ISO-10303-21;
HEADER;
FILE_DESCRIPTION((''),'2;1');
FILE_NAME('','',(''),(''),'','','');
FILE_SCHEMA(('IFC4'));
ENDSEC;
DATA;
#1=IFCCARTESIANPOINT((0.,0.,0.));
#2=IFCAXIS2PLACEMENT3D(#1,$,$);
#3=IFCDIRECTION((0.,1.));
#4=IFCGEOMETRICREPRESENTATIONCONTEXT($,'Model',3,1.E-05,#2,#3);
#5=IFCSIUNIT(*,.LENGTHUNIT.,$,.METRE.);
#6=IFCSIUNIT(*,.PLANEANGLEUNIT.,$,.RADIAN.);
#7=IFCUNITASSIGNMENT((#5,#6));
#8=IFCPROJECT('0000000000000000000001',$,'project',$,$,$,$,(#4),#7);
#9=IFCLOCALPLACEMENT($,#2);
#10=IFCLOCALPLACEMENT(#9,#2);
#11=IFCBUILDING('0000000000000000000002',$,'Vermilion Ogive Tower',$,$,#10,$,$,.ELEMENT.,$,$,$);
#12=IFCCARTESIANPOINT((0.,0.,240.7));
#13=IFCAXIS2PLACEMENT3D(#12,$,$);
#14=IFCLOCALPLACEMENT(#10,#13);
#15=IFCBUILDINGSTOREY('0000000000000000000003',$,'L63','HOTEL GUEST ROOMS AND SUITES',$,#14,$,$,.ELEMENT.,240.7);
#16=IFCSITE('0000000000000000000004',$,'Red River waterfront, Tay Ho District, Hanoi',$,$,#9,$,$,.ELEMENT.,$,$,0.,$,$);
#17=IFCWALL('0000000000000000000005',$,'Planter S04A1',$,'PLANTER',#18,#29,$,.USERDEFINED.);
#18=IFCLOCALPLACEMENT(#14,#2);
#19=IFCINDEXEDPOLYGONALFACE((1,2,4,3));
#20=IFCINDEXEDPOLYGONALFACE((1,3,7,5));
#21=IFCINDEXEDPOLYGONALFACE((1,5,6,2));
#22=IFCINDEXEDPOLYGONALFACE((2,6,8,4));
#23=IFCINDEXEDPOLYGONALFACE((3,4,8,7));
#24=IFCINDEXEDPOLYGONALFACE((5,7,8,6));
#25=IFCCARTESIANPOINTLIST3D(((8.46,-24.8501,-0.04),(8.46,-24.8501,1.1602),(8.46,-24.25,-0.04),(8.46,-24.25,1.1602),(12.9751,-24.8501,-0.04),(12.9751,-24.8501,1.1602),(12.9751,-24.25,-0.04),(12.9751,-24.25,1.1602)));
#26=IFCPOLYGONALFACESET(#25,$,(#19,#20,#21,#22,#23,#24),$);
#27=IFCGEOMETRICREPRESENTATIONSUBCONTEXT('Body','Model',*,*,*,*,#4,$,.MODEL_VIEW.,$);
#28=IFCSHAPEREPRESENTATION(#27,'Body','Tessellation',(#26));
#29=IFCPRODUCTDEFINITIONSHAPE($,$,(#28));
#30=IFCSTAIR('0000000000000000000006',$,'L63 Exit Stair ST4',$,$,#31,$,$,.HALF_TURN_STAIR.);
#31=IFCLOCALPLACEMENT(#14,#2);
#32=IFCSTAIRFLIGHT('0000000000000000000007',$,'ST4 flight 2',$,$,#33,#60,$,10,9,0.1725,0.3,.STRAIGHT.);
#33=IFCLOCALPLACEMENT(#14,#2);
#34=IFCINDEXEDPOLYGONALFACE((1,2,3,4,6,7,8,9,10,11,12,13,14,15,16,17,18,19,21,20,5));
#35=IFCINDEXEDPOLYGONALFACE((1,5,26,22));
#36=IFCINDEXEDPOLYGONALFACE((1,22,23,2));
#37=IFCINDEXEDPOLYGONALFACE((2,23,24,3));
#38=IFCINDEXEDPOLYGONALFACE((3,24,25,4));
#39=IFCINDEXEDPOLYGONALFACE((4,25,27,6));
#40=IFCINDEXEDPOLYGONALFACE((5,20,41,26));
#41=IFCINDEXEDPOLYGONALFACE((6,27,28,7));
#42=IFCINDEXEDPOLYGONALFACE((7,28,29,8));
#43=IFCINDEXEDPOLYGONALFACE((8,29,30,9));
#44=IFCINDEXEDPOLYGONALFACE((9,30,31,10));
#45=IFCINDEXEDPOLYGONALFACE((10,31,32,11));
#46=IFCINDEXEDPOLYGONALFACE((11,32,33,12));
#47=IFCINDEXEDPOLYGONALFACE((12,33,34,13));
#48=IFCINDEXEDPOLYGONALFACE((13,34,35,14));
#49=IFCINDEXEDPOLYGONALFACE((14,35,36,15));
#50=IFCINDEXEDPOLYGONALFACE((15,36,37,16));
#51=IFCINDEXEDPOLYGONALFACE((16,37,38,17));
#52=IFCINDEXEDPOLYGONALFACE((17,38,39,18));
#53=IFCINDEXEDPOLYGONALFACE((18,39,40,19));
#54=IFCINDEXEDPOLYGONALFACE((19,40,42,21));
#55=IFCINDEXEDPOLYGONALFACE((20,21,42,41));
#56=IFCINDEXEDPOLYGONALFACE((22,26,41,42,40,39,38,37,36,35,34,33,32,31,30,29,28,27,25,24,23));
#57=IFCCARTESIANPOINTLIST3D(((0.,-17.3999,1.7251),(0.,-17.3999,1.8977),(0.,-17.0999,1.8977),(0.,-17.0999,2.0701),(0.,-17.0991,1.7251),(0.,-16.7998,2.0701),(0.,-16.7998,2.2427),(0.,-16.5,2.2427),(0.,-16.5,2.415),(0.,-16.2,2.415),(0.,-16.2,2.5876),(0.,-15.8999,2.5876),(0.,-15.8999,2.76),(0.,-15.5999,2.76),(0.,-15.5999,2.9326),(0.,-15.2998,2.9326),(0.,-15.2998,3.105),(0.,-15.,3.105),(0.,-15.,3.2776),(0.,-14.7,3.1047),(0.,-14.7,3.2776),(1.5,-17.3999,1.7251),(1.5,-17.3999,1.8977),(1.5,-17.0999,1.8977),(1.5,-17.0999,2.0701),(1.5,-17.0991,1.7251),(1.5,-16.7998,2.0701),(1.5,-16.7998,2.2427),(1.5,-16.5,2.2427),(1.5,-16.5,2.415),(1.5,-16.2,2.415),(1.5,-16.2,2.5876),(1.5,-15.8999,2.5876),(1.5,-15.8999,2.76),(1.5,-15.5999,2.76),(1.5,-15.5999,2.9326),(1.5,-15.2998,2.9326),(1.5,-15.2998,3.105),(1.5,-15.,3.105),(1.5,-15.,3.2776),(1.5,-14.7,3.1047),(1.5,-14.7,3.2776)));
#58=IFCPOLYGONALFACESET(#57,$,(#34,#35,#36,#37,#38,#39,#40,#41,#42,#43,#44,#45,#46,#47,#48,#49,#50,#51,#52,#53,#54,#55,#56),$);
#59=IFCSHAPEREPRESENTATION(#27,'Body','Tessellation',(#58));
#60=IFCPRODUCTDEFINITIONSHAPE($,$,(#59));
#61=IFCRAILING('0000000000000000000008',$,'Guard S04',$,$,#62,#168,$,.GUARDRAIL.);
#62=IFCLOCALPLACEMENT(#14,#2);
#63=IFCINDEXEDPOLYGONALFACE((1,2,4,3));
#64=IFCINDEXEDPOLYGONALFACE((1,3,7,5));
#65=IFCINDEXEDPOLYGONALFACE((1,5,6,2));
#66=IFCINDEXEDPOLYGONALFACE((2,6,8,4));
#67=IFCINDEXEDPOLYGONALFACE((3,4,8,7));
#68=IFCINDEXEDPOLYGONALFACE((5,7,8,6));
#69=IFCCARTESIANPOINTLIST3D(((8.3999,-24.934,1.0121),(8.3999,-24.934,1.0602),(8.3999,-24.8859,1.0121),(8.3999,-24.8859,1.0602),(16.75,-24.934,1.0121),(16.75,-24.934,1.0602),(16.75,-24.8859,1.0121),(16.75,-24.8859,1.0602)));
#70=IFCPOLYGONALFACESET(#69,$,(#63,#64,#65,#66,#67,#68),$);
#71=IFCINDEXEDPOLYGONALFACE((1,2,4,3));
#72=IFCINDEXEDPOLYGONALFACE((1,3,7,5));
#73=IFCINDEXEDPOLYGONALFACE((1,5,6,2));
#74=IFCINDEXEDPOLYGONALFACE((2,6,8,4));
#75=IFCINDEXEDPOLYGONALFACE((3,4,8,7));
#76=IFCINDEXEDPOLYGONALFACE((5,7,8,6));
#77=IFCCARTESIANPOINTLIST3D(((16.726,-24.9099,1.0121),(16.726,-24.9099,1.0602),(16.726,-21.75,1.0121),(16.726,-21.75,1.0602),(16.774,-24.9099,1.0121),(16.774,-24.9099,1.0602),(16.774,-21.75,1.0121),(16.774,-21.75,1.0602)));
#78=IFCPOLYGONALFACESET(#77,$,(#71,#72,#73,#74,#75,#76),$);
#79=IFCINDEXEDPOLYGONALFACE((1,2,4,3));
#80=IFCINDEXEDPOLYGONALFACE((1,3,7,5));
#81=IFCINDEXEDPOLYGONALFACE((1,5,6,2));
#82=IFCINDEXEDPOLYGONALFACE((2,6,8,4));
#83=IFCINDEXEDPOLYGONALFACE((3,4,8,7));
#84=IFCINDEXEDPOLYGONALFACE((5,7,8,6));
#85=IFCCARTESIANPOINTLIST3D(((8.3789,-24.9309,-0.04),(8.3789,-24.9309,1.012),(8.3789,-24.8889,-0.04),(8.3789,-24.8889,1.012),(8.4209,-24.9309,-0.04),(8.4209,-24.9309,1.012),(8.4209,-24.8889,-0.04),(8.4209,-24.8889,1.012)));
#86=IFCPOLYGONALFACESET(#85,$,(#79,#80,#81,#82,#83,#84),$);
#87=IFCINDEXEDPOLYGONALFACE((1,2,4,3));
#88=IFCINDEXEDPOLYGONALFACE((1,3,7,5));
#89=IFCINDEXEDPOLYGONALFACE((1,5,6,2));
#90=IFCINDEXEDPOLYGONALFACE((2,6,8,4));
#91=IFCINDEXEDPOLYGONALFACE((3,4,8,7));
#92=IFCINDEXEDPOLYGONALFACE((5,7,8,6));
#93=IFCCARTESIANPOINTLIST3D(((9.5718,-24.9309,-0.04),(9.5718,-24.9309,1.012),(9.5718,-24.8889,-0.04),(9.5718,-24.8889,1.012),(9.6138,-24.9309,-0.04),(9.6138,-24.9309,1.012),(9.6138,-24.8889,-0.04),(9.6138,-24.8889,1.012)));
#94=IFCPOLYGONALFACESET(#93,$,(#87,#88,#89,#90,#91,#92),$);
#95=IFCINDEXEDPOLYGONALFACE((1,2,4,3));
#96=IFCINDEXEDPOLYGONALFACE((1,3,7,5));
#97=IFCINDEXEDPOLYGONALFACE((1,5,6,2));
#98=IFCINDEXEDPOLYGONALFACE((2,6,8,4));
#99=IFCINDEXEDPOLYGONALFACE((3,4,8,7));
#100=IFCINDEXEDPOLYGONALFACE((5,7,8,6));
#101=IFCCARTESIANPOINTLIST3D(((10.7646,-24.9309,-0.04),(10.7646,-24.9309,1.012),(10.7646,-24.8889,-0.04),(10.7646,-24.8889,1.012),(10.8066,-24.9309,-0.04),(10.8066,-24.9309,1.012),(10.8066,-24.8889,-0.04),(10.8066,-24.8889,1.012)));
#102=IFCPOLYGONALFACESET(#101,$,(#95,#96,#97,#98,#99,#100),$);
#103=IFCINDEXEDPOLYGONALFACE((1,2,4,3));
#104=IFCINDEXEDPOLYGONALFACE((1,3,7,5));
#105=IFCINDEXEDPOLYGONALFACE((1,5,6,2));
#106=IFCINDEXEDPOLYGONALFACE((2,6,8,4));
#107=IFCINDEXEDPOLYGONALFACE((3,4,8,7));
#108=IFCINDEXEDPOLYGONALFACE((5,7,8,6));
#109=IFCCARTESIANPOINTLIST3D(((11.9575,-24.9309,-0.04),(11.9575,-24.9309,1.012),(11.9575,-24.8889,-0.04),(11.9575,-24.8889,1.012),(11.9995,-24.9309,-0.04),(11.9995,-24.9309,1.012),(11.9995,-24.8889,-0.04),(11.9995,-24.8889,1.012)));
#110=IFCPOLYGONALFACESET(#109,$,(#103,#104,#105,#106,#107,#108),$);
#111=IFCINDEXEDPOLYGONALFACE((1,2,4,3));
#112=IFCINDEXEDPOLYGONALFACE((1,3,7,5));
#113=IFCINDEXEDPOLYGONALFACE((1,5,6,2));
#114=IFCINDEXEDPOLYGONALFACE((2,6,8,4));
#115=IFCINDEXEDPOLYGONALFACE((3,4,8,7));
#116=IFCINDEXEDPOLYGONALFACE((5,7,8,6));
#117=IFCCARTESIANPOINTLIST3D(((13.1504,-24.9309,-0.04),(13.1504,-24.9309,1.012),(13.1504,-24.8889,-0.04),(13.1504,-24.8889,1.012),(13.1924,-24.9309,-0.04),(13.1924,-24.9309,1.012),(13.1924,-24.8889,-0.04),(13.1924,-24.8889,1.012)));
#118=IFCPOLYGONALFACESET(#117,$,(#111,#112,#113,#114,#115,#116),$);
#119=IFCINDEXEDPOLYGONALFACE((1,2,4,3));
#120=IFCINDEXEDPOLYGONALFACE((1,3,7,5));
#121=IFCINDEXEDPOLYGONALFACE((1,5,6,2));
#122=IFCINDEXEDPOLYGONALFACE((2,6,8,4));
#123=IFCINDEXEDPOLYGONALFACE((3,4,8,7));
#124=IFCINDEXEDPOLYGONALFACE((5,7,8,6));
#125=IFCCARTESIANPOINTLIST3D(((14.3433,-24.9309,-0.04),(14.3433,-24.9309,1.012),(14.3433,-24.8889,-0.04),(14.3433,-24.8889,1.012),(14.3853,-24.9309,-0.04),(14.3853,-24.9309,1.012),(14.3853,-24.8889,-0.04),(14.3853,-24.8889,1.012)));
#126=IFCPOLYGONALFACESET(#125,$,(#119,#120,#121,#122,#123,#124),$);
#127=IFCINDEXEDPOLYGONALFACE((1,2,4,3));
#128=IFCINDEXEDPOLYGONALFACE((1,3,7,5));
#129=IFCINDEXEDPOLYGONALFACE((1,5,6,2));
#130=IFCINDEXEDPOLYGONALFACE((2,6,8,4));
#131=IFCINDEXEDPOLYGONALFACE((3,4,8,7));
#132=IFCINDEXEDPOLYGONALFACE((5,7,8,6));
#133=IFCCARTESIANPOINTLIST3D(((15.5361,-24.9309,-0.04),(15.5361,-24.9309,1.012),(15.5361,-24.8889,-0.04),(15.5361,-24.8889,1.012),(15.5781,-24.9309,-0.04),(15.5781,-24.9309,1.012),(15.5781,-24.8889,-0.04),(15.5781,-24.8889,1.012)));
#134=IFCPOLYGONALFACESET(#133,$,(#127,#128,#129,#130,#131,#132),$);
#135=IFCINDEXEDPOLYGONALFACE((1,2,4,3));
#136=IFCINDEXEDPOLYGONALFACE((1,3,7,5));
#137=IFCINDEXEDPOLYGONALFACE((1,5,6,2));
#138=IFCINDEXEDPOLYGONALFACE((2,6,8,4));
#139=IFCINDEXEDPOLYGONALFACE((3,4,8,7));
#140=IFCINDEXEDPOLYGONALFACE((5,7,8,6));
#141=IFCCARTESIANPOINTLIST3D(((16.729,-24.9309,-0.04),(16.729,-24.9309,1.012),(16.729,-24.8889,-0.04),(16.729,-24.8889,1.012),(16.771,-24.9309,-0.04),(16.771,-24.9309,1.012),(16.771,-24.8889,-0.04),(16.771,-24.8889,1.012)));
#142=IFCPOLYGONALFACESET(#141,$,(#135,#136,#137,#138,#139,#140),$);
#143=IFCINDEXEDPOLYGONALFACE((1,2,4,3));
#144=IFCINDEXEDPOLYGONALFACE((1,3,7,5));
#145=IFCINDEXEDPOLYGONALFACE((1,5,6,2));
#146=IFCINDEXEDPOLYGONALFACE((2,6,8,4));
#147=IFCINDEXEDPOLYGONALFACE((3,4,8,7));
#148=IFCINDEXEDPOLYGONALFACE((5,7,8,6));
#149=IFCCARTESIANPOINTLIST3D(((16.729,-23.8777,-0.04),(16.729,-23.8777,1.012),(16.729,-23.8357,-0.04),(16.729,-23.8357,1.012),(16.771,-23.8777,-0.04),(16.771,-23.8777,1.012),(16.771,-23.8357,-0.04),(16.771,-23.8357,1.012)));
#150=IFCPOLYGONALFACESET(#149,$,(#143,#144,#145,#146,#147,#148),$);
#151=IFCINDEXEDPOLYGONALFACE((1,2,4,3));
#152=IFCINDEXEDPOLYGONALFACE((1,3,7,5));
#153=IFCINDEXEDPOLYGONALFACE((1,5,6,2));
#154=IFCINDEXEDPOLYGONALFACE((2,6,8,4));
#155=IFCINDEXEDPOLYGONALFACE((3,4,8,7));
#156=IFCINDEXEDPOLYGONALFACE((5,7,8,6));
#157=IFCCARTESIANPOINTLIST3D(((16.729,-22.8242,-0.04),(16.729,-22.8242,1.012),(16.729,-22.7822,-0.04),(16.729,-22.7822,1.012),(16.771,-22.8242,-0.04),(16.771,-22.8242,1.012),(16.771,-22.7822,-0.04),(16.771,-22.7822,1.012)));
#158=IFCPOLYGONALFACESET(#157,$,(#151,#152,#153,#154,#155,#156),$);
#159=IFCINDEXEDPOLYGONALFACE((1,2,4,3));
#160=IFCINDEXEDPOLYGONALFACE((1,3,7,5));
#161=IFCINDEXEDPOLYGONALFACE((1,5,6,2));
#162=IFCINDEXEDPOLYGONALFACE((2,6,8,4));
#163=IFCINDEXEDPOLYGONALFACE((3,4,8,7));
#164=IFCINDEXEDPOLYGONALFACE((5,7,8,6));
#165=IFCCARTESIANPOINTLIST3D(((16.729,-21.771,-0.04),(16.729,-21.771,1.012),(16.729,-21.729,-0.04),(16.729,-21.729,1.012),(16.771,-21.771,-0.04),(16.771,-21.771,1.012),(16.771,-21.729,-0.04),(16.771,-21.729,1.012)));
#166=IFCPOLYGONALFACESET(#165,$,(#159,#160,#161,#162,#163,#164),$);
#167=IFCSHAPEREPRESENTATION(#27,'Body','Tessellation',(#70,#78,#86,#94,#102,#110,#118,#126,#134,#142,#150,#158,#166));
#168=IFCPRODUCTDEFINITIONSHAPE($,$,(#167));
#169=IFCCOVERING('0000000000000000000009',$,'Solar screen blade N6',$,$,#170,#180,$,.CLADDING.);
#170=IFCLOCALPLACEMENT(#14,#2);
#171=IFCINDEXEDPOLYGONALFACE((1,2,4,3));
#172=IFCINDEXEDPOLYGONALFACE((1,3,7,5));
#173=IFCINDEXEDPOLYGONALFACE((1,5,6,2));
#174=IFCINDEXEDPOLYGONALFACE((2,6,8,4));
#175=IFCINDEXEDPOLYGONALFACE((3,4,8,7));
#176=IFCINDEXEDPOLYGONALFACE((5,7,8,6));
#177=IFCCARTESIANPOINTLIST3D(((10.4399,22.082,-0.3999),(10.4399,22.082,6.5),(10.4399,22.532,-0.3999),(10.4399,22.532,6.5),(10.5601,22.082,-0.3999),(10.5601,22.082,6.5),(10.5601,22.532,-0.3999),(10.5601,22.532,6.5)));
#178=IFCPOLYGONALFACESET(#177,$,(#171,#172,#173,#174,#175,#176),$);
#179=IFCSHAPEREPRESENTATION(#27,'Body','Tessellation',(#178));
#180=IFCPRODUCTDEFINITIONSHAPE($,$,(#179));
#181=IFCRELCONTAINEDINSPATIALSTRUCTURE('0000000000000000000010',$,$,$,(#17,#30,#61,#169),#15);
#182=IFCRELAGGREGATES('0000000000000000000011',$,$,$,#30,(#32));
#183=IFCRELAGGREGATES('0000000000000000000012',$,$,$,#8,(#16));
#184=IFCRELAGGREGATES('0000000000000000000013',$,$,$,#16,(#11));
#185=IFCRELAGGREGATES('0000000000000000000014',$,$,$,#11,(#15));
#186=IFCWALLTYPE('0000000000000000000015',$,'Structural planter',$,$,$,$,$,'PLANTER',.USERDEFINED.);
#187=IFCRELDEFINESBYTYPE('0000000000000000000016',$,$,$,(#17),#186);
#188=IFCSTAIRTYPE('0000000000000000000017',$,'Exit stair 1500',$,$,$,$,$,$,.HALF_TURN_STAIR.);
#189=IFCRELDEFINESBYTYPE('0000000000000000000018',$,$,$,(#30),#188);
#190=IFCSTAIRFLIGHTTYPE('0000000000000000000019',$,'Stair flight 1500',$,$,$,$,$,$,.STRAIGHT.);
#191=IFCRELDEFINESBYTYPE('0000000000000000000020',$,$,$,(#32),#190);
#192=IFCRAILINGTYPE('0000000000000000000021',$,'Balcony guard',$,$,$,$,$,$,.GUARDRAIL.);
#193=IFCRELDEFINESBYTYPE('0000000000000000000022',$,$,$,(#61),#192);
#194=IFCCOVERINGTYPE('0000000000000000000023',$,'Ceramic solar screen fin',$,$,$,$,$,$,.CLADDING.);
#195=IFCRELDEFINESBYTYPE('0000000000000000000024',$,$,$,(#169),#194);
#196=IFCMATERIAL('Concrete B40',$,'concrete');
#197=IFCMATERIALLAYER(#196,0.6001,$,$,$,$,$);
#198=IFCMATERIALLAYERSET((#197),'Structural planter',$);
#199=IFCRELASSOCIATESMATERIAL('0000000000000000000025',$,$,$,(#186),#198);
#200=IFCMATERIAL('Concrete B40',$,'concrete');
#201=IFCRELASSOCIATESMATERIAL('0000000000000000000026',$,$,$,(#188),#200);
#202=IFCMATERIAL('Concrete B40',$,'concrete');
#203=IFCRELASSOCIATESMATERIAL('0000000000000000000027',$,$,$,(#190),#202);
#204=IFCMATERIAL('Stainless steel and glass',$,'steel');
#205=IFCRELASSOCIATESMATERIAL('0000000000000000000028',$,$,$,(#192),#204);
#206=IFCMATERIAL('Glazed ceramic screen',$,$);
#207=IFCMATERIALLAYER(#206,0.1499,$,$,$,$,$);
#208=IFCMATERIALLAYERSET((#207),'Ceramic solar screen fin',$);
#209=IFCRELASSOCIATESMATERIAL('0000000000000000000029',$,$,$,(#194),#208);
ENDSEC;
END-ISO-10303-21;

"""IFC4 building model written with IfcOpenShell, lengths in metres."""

from ifc_helpers import new_model, si_unit, direction, frame, frame_2d, origin, origin_2d, place, context, subcontext, project, spatial, polyline, rectangle, outline, extrude, material, layer, layer_set, type_object, element, aggregate, save


model = new_model("IFC4")

# Units and contexts
model_context = context("Model", 3, precision=1e-05, world=origin(), true_north=direction((0.0, 1.0)))
body_context = subcontext(model_context, "Body", "Model", "MODEL_VIEW")
ifc_project = project(units=[si_unit("LENGTHUNIT", "METRE"), si_unit("PLANEANGLEUNIT", "RADIAN")], contexts=[model_context])

# Site, building, storey
site_placement = place(None, origin())
site = spatial("IfcSite", under=ifc_project, at=site_placement, Name="Red River waterfront, Tay Ho District, Hanoi", CompositionType="ELEMENT", RefElevation=0.0)
building_placement = place(site_placement, origin())
building = spatial("IfcBuilding", under=site, at=building_placement, Name="Vermilion Ogive Tower", CompositionType="ELEMENT")
storey_placement = place(building_placement, frame((0.0, 0.0, 240.7)))
storey = spatial("IfcBuildingStorey", under=building, at=storey_placement, Name="L63", Description="HOTEL GUEST ROOMS AND SUITES", CompositionType="ELEMENT", Elevation=240.7)

# Wall
ifc_material_1 = material(Name="Concrete B40", Category="concrete")
ifc_layer_1 = layer(ifc_material_1, 0.6001)
ifc_layer_set_1 = layer_set([ifc_layer_1], Name="Structural planter")
wall_type_1 = type_object("IfcWallType", Name="Structural planter", ElementType="PLANTER", PredefinedType="USERDEFINED", material=ifc_layer_set_1)
wall_1_placement = place(storey_placement, frame((8.46, -24.55, -0.04), z_axis=(0.0, 0.0, 1.0), x_axis=(1.0, 0.0, 0.0)))
element("IfcWall", 1, at=wall_1_placement, inside=storey, type_object=wall_type_1, Name="Planter S04A1", ObjectType="PLANTER", PredefinedType="USERDEFINED", context=body_context, shape_type="SweptSolid", body=[
    extrude(rectangle(XDim=4.5151, YDim=0.6001, at=frame_2d((2.2576, 0.0))), origin(), (0.0, 0.0, 1.0), 1.2002),
])

# Stair, stair flight
ifc_material_2 = material(Name="Concrete B40", Category="concrete")
stair_type = type_object("IfcStairType", Name="Exit stair 1500", PredefinedType="HALF_TURN_STAIR", material=ifc_material_2)
stair_placement = place(storey_placement, origin())
stair = element("IfcStair", 2, at=stair_placement, inside=storey, type_object=stair_type, Name="L63 Exit Stair ST4", PredefinedType="HALF_TURN_STAIR")
ifc_material_3 = material(Name="Concrete B40", Category="concrete")
stair_flight_type = type_object("IfcStairFlightType", Name="Stair flight 1500", PredefinedType="STRAIGHT", material=ifc_material_3)
stair_flight_placement = place(storey_placement, frame((0.75, -17.3999, 1.7251), z_axis=(0.0, 0.0, 1.0), x_axis=(0.0, 1.0, 0.0)))
stair_flight = element("IfcStairFlight", 3, at=stair_flight_placement, type_object=stair_flight_type, Name="ST4 flight 2", NumberOfRisers=10, NumberOfTreads=9, PredefinedType="STRAIGHT", RiserHeight=0.1725, TreadLength=0.3, context=body_context, shape_type="SweptSolid", body=[
    extrude(outline(polyline([(0.0, 0.0), (0.0, 0.1726), (0.3, 0.1726), (0.3, 0.345), (0.6001, 0.345), (0.6001, 0.5176), (0.8999, 0.5176), (0.8999, 0.6899), (1.2, 0.6899), (1.2, 0.8625), (1.5, 0.8625), (1.5, 1.0349), (1.8, 1.0349), (1.8, 1.2075), (2.1001, 1.2075), (2.1001, 1.3799), (2.3999, 1.3799), (2.3999, 1.5525), (2.7, 1.5525), (2.7, 1.7251), (2.7, 1.3796), (0.3008, 0.0), (0.0, 0.0)])), frame((0.0, 0.75, 0.0), z_axis=(0.0, -1.0, 0.0), x_axis=(1.0, 0.0, 0.0)), (0.0, 0.0, 1.0), 1.5),
])
aggregate(stair, [stair_flight])

# Railing
ifc_material_4 = material(Name="Stainless steel and glass", Category="steel")
railing_type_1 = type_object("IfcRailingType", Name="Balcony guard", PredefinedType="GUARDRAIL", material=ifc_material_4)
railing_1_placement = place(storey_placement, frame((8.3999, -24.9099, -0.04)))
element("IfcRailing", 4, at=railing_1_placement, inside=storey, type_object=railing_type_1, Name="Guard S04", PredefinedType="GUARDRAIL", context=body_context, shape_type="SweptSolid", body=[
    extrude(rectangle(XDim=0.0481, YDim=0.0481, at=origin_2d()), frame((0.0, 0.0, 1.0762), z_axis=(1.0, 0.0, 0.0), x_axis=(0.0, 1.0, 0.0)), (0.0, 0.0, 1.0), 8.3501),
    extrude(rectangle(XDim=0.0481, YDim=0.0481, at=origin_2d()), frame((8.3501, 0.0, 1.0762), z_axis=(0.0, 1.0, 0.0), x_axis=(-1.0, 0.0, 0.0)), (0.0, 0.0, 1.0), 3.1599),
    extrude(rectangle(XDim=0.042, YDim=0.042, at=origin_2d()), origin(), (0.0, 0.0, 1.0), 1.052),
    extrude(rectangle(XDim=0.042, YDim=0.042, at=origin_2d()), frame((1.1929, 0.0, 0.0)), (0.0, 0.0, 1.0), 1.052),
    extrude(rectangle(XDim=0.042, YDim=0.042, at=origin_2d()), frame((2.3857, 0.0, 0.0)), (0.0, 0.0, 1.0), 1.052),
    extrude(rectangle(XDim=0.042, YDim=0.042, at=origin_2d()), frame((3.5786, 0.0, 0.0)), (0.0, 0.0, 1.0), 1.052),
    extrude(rectangle(XDim=0.042, YDim=0.042, at=origin_2d()), frame((4.7715, 0.0, 0.0)), (0.0, 0.0, 1.0), 1.052),
    extrude(rectangle(XDim=0.042, YDim=0.042, at=origin_2d()), frame((5.9644, 0.0, 0.0)), (0.0, 0.0, 1.0), 1.052),
    extrude(rectangle(XDim=0.042, YDim=0.042, at=origin_2d()), frame((7.1572, 0.0, 0.0)), (0.0, 0.0, 1.0), 1.052),
    extrude(rectangle(XDim=0.042, YDim=0.042, at=origin_2d()), frame((8.3501, 0.0, 0.0)), (0.0, 0.0, 1.0), 1.052),
    extrude(rectangle(XDim=0.042, YDim=0.042, at=origin_2d()), frame((8.3501, 1.0532, 0.0)), (0.0, 0.0, 1.0), 1.052),
    extrude(rectangle(XDim=0.042, YDim=0.042, at=origin_2d()), frame((8.3501, 2.1067, 0.0)), (0.0, 0.0, 1.0), 1.052),
    extrude(rectangle(XDim=0.042, YDim=0.042, at=origin_2d()), frame((8.3501, 3.1599, 0.0)), (0.0, 0.0, 1.0), 1.052),
])

# Covering
ifc_material_5 = material(Name="Glazed ceramic screen")
ifc_layer_2 = layer(ifc_material_5, 0.1499)
ifc_layer_set_2 = layer_set([ifc_layer_2], Name="Ceramic solar screen fin")
covering_type_1 = type_object("IfcCoveringType", Name="Ceramic solar screen fin", PredefinedType="CLADDING", material=ifc_layer_set_2)
covering_1_placement = place(storey_placement, frame((0.0, 0.0, -0.3999)))
element("IfcCovering", 5, at=covering_1_placement, inside=storey, type_object=covering_type_1, Name="Solar screen blade N6", PredefinedType="CLADDING", context=body_context, shape_type="SweptSolid", body=[
    extrude(outline(polyline([(10.4399, 22.082), (10.5601, 22.082), (10.5601, 22.532), (10.4399, 22.532), (10.4399, 22.082)])), origin(), (0.0, 0.0, 1.0), 6.8999),
])

save(model, "model.ifc")
